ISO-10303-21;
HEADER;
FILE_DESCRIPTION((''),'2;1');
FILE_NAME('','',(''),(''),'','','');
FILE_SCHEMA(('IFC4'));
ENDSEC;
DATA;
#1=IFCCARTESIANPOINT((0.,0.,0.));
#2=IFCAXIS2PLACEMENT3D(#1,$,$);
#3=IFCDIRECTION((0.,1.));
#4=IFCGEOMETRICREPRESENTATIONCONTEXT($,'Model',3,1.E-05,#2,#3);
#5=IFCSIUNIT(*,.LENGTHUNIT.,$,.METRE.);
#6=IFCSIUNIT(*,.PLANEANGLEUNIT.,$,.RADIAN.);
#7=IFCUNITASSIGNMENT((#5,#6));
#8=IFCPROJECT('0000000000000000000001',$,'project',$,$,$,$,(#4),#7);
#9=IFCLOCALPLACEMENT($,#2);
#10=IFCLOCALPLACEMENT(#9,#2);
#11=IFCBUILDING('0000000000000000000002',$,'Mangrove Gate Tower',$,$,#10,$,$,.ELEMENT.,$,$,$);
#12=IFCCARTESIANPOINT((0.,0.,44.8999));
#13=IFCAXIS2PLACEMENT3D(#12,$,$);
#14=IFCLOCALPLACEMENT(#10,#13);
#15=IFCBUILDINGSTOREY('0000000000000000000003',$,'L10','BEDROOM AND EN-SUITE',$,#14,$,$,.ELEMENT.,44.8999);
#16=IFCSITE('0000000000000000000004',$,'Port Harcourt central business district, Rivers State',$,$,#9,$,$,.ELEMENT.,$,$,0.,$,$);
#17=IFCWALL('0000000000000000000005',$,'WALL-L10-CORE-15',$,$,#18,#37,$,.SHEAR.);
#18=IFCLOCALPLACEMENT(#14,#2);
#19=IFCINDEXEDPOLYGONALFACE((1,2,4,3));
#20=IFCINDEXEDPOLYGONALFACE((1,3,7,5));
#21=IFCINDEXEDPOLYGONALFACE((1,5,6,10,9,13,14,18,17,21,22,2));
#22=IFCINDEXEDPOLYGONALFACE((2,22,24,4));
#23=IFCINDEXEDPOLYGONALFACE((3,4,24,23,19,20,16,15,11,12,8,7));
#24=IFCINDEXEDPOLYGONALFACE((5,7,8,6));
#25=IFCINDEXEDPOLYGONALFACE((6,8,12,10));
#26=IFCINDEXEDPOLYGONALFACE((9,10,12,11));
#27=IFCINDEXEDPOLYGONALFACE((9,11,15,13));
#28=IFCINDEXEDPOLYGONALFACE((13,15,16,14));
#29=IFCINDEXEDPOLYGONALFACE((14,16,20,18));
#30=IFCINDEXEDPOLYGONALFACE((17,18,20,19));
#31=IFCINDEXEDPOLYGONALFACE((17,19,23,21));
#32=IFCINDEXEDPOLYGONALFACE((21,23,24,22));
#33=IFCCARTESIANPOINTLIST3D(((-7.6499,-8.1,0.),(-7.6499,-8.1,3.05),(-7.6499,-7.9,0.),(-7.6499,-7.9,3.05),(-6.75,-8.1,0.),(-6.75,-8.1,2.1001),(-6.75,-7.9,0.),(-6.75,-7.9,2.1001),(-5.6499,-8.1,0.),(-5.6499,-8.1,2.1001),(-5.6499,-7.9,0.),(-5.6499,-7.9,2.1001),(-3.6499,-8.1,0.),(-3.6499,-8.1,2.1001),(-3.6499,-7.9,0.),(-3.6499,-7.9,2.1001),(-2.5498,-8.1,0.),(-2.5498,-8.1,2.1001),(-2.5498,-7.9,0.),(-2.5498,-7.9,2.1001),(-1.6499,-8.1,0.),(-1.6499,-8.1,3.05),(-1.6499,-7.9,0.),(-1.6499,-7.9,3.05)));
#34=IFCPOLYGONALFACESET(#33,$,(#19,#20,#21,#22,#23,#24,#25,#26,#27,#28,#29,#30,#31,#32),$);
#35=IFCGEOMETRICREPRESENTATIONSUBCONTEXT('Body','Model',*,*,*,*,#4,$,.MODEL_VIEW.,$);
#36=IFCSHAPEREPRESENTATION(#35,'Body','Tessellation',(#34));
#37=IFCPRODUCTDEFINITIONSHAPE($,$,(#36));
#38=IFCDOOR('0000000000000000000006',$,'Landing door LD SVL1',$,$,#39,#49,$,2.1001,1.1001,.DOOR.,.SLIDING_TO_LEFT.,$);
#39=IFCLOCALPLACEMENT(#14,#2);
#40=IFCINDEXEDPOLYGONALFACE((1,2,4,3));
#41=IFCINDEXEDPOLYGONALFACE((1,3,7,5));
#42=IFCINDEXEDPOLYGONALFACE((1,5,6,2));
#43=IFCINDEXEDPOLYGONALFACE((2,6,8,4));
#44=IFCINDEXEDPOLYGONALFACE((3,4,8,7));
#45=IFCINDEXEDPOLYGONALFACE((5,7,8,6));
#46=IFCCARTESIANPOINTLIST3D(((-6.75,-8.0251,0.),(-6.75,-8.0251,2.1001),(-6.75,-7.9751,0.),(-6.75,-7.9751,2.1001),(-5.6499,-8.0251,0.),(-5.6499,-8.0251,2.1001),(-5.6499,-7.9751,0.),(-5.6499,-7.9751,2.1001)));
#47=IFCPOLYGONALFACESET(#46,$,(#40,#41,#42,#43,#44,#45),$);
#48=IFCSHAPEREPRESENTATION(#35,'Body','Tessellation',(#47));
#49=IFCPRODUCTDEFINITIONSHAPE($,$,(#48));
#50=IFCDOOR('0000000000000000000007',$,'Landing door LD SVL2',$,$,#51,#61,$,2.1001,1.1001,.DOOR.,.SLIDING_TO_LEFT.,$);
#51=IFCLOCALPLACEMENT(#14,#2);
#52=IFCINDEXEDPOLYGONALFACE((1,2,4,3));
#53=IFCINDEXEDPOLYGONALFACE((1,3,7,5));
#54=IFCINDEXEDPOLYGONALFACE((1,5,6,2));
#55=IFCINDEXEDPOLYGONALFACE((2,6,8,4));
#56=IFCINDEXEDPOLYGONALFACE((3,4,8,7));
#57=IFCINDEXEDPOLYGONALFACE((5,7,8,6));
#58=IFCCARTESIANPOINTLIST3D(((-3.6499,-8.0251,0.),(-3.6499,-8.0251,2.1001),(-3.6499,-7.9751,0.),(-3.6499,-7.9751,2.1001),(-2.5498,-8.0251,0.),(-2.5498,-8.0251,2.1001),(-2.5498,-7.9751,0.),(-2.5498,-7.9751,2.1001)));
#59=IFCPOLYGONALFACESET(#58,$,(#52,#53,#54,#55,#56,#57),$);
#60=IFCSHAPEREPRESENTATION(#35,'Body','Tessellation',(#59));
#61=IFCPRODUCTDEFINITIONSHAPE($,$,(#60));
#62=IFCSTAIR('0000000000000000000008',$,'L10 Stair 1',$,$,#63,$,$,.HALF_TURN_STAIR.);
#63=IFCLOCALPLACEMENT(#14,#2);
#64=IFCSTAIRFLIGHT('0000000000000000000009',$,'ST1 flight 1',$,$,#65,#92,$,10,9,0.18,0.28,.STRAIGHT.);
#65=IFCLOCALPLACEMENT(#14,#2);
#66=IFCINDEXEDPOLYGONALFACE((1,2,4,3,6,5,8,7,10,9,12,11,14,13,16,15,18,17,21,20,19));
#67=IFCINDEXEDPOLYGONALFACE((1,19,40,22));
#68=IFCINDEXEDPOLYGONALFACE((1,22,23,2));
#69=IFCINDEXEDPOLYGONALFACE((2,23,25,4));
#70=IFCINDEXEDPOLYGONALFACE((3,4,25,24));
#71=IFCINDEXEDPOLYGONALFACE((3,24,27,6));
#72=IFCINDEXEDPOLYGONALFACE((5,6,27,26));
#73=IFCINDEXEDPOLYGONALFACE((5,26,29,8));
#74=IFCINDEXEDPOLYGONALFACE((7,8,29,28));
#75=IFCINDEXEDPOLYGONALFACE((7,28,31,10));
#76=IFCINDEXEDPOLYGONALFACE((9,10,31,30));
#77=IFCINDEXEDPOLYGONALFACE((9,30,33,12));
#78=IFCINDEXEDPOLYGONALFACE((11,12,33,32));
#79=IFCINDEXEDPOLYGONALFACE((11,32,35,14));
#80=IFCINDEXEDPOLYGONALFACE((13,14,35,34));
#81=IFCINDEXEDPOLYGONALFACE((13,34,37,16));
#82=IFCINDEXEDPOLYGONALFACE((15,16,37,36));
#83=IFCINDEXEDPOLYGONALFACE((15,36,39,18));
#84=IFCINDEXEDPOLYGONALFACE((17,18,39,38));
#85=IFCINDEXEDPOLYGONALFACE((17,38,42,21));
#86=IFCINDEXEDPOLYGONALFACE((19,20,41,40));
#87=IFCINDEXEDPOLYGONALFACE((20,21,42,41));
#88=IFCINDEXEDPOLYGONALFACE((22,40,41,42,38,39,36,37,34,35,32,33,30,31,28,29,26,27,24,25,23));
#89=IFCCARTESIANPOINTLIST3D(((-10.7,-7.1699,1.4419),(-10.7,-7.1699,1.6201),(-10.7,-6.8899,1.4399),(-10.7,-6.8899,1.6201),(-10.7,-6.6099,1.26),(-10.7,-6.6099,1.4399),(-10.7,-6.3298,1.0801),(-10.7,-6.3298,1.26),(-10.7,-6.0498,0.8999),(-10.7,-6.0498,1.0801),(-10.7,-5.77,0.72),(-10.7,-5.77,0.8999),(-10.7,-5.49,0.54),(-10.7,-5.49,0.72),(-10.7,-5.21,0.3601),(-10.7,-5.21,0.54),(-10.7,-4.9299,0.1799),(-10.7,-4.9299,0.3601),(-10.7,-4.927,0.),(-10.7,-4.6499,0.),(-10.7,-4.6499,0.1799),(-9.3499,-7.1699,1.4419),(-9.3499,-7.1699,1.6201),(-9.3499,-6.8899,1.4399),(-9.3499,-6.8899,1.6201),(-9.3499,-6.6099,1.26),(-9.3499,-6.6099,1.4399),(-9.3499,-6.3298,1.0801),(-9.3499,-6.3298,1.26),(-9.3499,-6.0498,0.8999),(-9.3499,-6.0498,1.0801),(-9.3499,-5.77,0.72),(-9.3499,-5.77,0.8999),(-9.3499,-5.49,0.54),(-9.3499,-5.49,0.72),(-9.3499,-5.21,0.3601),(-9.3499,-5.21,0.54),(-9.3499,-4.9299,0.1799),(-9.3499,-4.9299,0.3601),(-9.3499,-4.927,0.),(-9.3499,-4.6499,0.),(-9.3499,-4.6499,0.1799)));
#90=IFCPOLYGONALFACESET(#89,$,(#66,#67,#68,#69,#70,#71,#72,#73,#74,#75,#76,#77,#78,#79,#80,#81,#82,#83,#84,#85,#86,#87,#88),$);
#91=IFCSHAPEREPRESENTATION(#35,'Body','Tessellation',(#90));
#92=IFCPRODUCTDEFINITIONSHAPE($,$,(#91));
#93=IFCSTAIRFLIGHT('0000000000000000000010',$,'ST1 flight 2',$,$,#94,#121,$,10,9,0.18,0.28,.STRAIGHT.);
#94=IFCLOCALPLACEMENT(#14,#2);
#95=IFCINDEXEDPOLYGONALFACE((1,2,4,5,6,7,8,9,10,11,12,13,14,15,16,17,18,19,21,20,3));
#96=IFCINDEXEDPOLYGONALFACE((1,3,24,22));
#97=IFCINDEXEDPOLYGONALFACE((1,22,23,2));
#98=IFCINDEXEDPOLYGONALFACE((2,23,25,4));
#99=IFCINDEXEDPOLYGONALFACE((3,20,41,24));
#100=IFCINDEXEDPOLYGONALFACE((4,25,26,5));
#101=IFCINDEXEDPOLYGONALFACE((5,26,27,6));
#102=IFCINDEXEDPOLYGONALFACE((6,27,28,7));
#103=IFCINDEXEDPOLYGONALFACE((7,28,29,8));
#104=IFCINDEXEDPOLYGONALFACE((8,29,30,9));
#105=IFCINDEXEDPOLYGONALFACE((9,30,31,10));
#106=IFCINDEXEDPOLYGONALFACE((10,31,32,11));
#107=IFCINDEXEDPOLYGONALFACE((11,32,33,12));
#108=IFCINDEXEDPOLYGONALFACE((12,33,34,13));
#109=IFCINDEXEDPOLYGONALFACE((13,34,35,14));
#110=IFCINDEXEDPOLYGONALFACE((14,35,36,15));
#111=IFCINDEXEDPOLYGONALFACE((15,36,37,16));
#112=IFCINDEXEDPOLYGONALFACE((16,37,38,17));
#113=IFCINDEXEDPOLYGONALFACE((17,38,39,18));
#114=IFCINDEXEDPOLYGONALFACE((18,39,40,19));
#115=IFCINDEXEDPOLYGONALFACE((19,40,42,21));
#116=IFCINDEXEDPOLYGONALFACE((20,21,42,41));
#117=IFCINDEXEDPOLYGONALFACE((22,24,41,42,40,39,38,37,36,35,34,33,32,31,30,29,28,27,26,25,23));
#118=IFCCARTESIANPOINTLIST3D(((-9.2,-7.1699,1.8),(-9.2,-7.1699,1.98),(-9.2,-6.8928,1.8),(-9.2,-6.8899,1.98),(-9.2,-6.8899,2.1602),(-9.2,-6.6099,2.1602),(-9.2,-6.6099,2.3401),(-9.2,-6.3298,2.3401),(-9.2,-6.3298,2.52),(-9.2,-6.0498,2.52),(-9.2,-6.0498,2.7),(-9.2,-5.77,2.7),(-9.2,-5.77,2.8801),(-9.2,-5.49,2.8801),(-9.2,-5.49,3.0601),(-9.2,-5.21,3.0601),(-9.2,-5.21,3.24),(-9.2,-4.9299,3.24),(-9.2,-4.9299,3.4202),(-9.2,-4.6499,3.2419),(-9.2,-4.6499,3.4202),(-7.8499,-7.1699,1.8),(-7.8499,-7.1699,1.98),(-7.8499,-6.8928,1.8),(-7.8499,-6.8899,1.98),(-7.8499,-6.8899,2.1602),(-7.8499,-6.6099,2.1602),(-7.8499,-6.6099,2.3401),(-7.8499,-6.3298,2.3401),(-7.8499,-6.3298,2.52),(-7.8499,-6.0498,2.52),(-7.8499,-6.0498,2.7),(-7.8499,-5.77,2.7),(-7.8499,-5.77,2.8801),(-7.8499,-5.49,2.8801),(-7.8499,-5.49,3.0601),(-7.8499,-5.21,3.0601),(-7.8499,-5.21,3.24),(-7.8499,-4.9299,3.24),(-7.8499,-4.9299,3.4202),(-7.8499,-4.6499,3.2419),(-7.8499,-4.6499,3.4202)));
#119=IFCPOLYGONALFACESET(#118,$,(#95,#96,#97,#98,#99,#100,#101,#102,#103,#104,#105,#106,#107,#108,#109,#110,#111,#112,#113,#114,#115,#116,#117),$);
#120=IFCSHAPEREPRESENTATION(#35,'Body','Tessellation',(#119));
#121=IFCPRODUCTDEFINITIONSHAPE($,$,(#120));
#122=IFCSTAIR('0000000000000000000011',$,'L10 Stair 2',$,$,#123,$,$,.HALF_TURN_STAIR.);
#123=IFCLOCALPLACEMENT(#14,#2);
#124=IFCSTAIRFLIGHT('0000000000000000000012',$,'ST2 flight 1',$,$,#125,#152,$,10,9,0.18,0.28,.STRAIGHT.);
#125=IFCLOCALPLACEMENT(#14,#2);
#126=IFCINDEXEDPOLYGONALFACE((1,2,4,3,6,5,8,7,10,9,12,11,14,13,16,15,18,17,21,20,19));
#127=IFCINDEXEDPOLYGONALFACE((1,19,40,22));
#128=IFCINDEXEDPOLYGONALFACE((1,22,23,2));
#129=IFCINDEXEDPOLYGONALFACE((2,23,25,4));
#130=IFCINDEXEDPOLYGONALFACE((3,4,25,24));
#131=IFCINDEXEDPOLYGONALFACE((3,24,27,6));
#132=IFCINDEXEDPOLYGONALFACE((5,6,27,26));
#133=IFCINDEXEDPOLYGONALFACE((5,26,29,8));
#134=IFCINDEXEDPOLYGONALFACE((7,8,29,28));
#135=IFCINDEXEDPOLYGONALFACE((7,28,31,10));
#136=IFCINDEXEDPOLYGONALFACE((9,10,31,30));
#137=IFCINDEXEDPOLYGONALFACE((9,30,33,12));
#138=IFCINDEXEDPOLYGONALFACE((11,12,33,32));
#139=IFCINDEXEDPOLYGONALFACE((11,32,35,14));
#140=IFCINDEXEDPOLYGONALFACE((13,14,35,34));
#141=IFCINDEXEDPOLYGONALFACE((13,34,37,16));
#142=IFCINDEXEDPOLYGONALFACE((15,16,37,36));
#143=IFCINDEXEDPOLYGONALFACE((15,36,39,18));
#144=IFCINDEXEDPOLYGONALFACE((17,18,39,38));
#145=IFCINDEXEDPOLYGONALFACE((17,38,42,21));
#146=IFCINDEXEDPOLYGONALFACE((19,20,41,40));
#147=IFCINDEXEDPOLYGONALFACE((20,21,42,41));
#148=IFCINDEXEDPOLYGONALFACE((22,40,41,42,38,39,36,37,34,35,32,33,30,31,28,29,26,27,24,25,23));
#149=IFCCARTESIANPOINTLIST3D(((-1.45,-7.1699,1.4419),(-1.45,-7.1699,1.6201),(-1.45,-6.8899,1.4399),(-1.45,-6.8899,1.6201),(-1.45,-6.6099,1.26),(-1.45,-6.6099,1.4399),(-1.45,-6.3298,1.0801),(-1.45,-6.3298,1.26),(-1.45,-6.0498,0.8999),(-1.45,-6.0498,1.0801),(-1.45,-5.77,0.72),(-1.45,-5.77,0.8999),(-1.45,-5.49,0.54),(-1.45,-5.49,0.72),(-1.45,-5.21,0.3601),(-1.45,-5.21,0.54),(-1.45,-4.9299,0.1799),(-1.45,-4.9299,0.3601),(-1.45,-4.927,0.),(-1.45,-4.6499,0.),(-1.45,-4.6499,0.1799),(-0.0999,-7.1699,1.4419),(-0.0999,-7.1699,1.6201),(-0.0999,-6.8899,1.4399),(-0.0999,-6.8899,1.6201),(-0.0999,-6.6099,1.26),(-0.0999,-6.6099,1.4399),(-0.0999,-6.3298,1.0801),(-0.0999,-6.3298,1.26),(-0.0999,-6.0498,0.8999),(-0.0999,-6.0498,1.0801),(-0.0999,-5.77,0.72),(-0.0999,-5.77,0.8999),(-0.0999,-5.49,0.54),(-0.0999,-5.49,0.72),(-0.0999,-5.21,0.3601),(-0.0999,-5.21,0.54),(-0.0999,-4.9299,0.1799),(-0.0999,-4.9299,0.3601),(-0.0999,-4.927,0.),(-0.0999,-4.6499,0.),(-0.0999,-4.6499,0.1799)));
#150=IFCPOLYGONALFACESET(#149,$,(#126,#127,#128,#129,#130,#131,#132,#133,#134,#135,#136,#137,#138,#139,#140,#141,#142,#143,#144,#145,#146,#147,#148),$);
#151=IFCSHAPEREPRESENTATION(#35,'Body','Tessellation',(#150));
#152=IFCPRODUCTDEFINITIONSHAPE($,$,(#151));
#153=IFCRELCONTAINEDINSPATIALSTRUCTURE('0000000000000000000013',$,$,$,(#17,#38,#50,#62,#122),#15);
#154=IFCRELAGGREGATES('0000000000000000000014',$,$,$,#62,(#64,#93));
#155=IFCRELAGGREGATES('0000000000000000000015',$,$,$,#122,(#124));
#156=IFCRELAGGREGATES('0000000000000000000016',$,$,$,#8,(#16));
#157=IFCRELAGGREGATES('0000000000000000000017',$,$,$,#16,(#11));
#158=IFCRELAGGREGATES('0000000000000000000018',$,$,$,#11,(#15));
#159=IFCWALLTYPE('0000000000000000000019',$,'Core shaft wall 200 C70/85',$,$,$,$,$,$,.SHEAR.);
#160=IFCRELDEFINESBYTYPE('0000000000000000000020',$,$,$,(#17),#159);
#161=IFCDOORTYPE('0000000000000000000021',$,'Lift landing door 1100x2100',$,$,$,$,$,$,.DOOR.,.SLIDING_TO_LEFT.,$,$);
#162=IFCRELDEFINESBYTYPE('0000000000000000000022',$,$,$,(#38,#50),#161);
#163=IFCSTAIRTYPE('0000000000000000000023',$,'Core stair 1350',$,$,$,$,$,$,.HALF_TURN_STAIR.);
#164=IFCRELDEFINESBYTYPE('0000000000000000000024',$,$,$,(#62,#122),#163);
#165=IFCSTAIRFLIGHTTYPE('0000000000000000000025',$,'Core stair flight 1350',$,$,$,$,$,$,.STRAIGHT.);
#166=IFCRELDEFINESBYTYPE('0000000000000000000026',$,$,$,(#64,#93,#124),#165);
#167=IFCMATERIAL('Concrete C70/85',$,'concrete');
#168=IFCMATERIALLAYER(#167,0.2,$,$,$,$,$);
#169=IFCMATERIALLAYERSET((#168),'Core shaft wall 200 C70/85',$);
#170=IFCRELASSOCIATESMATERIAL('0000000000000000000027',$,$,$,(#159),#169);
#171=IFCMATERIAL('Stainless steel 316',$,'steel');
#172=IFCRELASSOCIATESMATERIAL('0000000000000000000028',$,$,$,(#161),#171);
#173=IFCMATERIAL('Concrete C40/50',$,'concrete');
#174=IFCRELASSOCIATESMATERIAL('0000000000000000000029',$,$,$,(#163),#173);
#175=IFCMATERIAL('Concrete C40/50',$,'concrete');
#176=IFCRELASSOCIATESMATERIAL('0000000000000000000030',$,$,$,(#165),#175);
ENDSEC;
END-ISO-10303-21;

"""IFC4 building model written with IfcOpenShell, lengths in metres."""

from ifc_helpers import new_model, si_unit, direction, frame, frame_2d, origin, place, context, subcontext, project, spatial, polyline, rectangle, outline, extrude, material, layer, layer_set, type_object, element, fill, aggregate, save


model = new_model("IFC4")

# Units and contexts
model_context = context("Model", 3, precision=1e-05, world=origin(), true_north=direction((0.0, 1.0)))
body_context = subcontext(model_context, "Body", "Model", "MODEL_VIEW")
ifc_project = project(units=[si_unit("LENGTHUNIT", "METRE"), si_unit("PLANEANGLEUNIT", "RADIAN")], contexts=[model_context])

# Site, building, storey
site_placement = place(None, origin())
site = spatial("IfcSite", under=ifc_project, at=site_placement, Name="Port Harcourt central business district, Rivers State", CompositionType="ELEMENT", RefElevation=0.0)
building_placement = place(site_placement, origin())
building = spatial("IfcBuilding", under=site, at=building_placement, Name="Mangrove Gate Tower", CompositionType="ELEMENT")
storey_placement = place(building_placement, frame((0.0, 0.0, 44.8999)))
storey = spatial("IfcBuildingStorey", under=building, at=storey_placement, Name="L10", Description="BEDROOM AND EN-SUITE", CompositionType="ELEMENT", Elevation=44.8999)

# Wall, openings, doors
ifc_material_1 = material(Name="Concrete C70/85", Category="concrete")
ifc_layer = layer(ifc_material_1, 0.2)
ifc_layer_set = layer_set([ifc_layer], Name="Core shaft wall 200 C70/85")
wall_type = type_object("IfcWallType", Name="Core shaft wall 200 C70/85", PredefinedType="SHEAR", material=ifc_layer_set)
wall_placement = place(storey_placement, frame((-7.6499, -8.0, 0.0), z_axis=(0.0, 0.0, 1.0), x_axis=(1.0, 0.0, 0.0)))
wall = element("IfcWall", 1, at=wall_placement, inside=storey, type_object=wall_type, Name="WALL-L10-CORE-15", PredefinedType="SHEAR", context=body_context, shape_type="SweptSolid", body=[
    extrude(rectangle(XDim=6.0, YDim=0.2, at=frame_2d((3.0, 0.0))), origin(), (0.0, 0.0, 1.0), 3.05),
])
opening_1_placement = place(wall_placement, frame((0.8999, 0.0, 0.0)))
opening_1 = element("IfcOpeningElement", 2, at=opening_1_placement, cuts=wall, PredefinedType="OPENING", context=body_context, shape_type="SweptSolid", body=[
    extrude(rectangle(XDim=1.1001, YDim=2.1001, at=frame_2d((0.55, 1.05))), frame((0.0, 0.1099, 0.0), z_axis=(0.0, -1.0, 0.0), x_axis=(1.0, 0.0, 0.0)), (0.0, 0.0, 1.0), 0.22),
])
opening_2_placement = place(wall_placement, frame((4.0, 0.0, 0.0)))
opening_2 = element("IfcOpeningElement", 3, at=opening_2_placement, cuts=wall, PredefinedType="OPENING", context=body_context, shape_type="SweptSolid", body=[
    extrude(rectangle(XDim=1.1001, YDim=2.1001, at=frame_2d((0.55, 1.05))), frame((0.0, 0.1099, 0.0), z_axis=(0.0, -1.0, 0.0), x_axis=(1.0, 0.0, 0.0)), (0.0, 0.0, 1.0), 0.22),
])
ifc_material_2 = material(Name="Stainless steel 316", Category="steel")
door_type = type_object("IfcDoorType", Name="Lift landing door 1100x2100", OperationType="SLIDING_TO_LEFT", PredefinedType="DOOR", material=ifc_material_2)
door_1_placement = place(opening_1_placement, origin())
door_1 = element("IfcDoor", 4, at=door_1_placement, inside=storey, type_object=door_type, Name="Landing door LD SVL1", OperationType="SLIDING_TO_LEFT", OverallHeight=2.1001, OverallWidth=1.1001, PredefinedType="DOOR", context=body_context, shape_type="SweptSolid", body=[
    extrude(rectangle(XDim=1.1001, YDim=2.1001, at=frame_2d((0.55, 1.05))), frame((0.0, 0.0249, 0.0), z_axis=(0.0, -1.0, 0.0), x_axis=(1.0, 0.0, 0.0)), (0.0, 0.0, 1.0), 0.05),
])
fill(opening_1, door_1)
door_2_placement = place(opening_2_placement, origin())
door_2 = element("IfcDoor", 5, at=door_2_placement, inside=storey, type_object=door_type, Name="Landing door LD SVL2", OperationType="SLIDING_TO_LEFT", OverallHeight=2.1001, OverallWidth=1.1001, PredefinedType="DOOR", context=body_context, shape_type="SweptSolid", body=[
    extrude(rectangle(XDim=1.1001, YDim=2.1001, at=frame_2d((0.55, 1.05))), frame((0.0, 0.0249, 0.0), z_axis=(0.0, -1.0, 0.0), x_axis=(1.0, 0.0, 0.0)), (0.0, 0.0, 1.0), 0.05),
])
fill(opening_2, door_2)

# Stair, stair flights
ifc_material_3 = material(Name="Concrete C40/50", Category="concrete")
stair_type = type_object("IfcStairType", Name="Core stair 1350", PredefinedType="HALF_TURN_STAIR", material=ifc_material_3)
stair_1_placement = place(storey_placement, origin())
stair_1 = element("IfcStair", 6, at=stair_1_placement, inside=storey, type_object=stair_type, Name="L10 Stair 1", PredefinedType="HALF_TURN_STAIR")
ifc_material_4 = material(Name="Concrete C40/50", Category="concrete")
stair_flight_type = type_object("IfcStairFlightType", Name="Core stair flight 1350", PredefinedType="STRAIGHT", material=ifc_material_4)
stair_flight_1_placement = place(storey_placement, frame((-10.0249, -4.6499, 0.0), z_axis=(0.0, 0.0, 1.0), x_axis=(0.0, -1.0, 0.0)))
stair_flight_1 = element("IfcStairFlight", 7, at=stair_flight_1_placement, type_object=stair_flight_type, Name="ST1 flight 1", NumberOfRisers=10, NumberOfTreads=9, PredefinedType="STRAIGHT", RiserHeight=0.18, TreadLength=0.28, context=body_context, shape_type="SweptSolid", body=[
    extrude(outline(polyline([(0.0, 0.0), (0.0, 0.1799), (0.28, 0.1799), (0.28, 0.3601), (0.5601, 0.3601), (0.5601, 0.54), (0.8401, 0.54), (0.8401, 0.72), (1.1201, 0.72), (1.1201, 0.8999), (1.3999, 0.8999), (1.3999, 1.0801), (1.6799, 1.0801), (1.6799, 1.26), (1.96, 1.26), (1.96, 1.4399), (2.24, 1.4399), (2.24, 1.6201), (2.52, 1.6201), (2.52, 1.8), (2.52, 1.4419), (0.2771, 0.0), (0.0, 0.0)])), frame((0.0, 0.675, 0.0), z_axis=(0.0, -1.0, 0.0), x_axis=(1.0, 0.0, 0.0)), (0.0, 0.0, 1.0), 1.3501),
])
stair_flight_2_placement = place(storey_placement, frame((-8.5249, -7.1699, 1.8), z_axis=(0.0, 0.0, 1.0), x_axis=(0.0, 1.0, 0.0)))
stair_flight_2 = element("IfcStairFlight", 8, at=stair_flight_2_placement, type_object=stair_flight_type, Name="ST1 flight 2", NumberOfRisers=10, NumberOfTreads=9, PredefinedType="STRAIGHT", RiserHeight=0.18, TreadLength=0.28, context=body_context, shape_type="SweptSolid", body=[
    extrude(outline(polyline([(0.0, 0.0), (0.0, 0.1799), (0.28, 0.1799), (0.28, 0.3601), (0.5601, 0.3601), (0.5601, 0.54), (0.8401, 0.54), (0.8401, 0.72), (1.1201, 0.72), (1.1201, 0.8999), (1.3999, 0.8999), (1.3999, 1.0801), (1.6799, 1.0801), (1.6799, 1.26), (1.96, 1.26), (1.96, 1.4399), (2.24, 1.4399), (2.24, 1.6201), (2.52, 1.6201), (2.52, 1.8), (2.52, 1.4419), (0.2771, 0.0), (0.0, 0.0)])), frame((0.0, 0.675, 0.0), z_axis=(0.0, -1.0, 0.0), x_axis=(1.0, 0.0, 0.0)), (0.0, 0.0, 1.0), 1.3501),
])
aggregate(stair_1, [stair_flight_1, stair_flight_2])

# Stair, stair flight
stair_2_placement = place(storey_placement, origin())
stair_2 = element("IfcStair", 9, at=stair_2_placement, inside=storey, type_object=stair_type, Name="L10 Stair 2", PredefinedType="HALF_TURN_STAIR")
stair_flight_3_placement = place(storey_placement, frame((-0.7749, -4.6499, 0.0), z_axis=(0.0, 0.0, 1.0), x_axis=(0.0, -1.0, 0.0)))
stair_flight_3 = element("IfcStairFlight", 10, at=stair_flight_3_placement, type_object=stair_flight_type, Name="ST2 flight 1", NumberOfRisers=10, NumberOfTreads=9, PredefinedType="STRAIGHT", RiserHeight=0.18, TreadLength=0.28, context=body_context, shape_type="SweptSolid", body=[
    extrude(outline(polyline([(0.0, 0.0), (0.0, 0.1799), (0.28, 0.1799), (0.28, 0.3601), (0.5601, 0.3601), (0.5601, 0.54), (0.8401, 0.54), (0.8401, 0.72), (1.1201, 0.72), (1.1201, 0.8999), (1.3999, 0.8999), (1.3999, 1.0801), (1.6799, 1.0801), (1.6799, 1.26), (1.96, 1.26), (1.96, 1.4399), (2.24, 1.4399), (2.24, 1.6201), (2.52, 1.6201), (2.52, 1.8), (2.52, 1.4419), (0.2771, 0.0), (0.0, 0.0)])), frame((0.0, 0.675, 0.0), z_axis=(0.0, -1.0, 0.0), x_axis=(1.0, 0.0, 0.0)), (0.0, 0.0, 1.0), 1.3501),
])
aggregate(stair_2, [stair_flight_3])

save(model, "model.ifc")
